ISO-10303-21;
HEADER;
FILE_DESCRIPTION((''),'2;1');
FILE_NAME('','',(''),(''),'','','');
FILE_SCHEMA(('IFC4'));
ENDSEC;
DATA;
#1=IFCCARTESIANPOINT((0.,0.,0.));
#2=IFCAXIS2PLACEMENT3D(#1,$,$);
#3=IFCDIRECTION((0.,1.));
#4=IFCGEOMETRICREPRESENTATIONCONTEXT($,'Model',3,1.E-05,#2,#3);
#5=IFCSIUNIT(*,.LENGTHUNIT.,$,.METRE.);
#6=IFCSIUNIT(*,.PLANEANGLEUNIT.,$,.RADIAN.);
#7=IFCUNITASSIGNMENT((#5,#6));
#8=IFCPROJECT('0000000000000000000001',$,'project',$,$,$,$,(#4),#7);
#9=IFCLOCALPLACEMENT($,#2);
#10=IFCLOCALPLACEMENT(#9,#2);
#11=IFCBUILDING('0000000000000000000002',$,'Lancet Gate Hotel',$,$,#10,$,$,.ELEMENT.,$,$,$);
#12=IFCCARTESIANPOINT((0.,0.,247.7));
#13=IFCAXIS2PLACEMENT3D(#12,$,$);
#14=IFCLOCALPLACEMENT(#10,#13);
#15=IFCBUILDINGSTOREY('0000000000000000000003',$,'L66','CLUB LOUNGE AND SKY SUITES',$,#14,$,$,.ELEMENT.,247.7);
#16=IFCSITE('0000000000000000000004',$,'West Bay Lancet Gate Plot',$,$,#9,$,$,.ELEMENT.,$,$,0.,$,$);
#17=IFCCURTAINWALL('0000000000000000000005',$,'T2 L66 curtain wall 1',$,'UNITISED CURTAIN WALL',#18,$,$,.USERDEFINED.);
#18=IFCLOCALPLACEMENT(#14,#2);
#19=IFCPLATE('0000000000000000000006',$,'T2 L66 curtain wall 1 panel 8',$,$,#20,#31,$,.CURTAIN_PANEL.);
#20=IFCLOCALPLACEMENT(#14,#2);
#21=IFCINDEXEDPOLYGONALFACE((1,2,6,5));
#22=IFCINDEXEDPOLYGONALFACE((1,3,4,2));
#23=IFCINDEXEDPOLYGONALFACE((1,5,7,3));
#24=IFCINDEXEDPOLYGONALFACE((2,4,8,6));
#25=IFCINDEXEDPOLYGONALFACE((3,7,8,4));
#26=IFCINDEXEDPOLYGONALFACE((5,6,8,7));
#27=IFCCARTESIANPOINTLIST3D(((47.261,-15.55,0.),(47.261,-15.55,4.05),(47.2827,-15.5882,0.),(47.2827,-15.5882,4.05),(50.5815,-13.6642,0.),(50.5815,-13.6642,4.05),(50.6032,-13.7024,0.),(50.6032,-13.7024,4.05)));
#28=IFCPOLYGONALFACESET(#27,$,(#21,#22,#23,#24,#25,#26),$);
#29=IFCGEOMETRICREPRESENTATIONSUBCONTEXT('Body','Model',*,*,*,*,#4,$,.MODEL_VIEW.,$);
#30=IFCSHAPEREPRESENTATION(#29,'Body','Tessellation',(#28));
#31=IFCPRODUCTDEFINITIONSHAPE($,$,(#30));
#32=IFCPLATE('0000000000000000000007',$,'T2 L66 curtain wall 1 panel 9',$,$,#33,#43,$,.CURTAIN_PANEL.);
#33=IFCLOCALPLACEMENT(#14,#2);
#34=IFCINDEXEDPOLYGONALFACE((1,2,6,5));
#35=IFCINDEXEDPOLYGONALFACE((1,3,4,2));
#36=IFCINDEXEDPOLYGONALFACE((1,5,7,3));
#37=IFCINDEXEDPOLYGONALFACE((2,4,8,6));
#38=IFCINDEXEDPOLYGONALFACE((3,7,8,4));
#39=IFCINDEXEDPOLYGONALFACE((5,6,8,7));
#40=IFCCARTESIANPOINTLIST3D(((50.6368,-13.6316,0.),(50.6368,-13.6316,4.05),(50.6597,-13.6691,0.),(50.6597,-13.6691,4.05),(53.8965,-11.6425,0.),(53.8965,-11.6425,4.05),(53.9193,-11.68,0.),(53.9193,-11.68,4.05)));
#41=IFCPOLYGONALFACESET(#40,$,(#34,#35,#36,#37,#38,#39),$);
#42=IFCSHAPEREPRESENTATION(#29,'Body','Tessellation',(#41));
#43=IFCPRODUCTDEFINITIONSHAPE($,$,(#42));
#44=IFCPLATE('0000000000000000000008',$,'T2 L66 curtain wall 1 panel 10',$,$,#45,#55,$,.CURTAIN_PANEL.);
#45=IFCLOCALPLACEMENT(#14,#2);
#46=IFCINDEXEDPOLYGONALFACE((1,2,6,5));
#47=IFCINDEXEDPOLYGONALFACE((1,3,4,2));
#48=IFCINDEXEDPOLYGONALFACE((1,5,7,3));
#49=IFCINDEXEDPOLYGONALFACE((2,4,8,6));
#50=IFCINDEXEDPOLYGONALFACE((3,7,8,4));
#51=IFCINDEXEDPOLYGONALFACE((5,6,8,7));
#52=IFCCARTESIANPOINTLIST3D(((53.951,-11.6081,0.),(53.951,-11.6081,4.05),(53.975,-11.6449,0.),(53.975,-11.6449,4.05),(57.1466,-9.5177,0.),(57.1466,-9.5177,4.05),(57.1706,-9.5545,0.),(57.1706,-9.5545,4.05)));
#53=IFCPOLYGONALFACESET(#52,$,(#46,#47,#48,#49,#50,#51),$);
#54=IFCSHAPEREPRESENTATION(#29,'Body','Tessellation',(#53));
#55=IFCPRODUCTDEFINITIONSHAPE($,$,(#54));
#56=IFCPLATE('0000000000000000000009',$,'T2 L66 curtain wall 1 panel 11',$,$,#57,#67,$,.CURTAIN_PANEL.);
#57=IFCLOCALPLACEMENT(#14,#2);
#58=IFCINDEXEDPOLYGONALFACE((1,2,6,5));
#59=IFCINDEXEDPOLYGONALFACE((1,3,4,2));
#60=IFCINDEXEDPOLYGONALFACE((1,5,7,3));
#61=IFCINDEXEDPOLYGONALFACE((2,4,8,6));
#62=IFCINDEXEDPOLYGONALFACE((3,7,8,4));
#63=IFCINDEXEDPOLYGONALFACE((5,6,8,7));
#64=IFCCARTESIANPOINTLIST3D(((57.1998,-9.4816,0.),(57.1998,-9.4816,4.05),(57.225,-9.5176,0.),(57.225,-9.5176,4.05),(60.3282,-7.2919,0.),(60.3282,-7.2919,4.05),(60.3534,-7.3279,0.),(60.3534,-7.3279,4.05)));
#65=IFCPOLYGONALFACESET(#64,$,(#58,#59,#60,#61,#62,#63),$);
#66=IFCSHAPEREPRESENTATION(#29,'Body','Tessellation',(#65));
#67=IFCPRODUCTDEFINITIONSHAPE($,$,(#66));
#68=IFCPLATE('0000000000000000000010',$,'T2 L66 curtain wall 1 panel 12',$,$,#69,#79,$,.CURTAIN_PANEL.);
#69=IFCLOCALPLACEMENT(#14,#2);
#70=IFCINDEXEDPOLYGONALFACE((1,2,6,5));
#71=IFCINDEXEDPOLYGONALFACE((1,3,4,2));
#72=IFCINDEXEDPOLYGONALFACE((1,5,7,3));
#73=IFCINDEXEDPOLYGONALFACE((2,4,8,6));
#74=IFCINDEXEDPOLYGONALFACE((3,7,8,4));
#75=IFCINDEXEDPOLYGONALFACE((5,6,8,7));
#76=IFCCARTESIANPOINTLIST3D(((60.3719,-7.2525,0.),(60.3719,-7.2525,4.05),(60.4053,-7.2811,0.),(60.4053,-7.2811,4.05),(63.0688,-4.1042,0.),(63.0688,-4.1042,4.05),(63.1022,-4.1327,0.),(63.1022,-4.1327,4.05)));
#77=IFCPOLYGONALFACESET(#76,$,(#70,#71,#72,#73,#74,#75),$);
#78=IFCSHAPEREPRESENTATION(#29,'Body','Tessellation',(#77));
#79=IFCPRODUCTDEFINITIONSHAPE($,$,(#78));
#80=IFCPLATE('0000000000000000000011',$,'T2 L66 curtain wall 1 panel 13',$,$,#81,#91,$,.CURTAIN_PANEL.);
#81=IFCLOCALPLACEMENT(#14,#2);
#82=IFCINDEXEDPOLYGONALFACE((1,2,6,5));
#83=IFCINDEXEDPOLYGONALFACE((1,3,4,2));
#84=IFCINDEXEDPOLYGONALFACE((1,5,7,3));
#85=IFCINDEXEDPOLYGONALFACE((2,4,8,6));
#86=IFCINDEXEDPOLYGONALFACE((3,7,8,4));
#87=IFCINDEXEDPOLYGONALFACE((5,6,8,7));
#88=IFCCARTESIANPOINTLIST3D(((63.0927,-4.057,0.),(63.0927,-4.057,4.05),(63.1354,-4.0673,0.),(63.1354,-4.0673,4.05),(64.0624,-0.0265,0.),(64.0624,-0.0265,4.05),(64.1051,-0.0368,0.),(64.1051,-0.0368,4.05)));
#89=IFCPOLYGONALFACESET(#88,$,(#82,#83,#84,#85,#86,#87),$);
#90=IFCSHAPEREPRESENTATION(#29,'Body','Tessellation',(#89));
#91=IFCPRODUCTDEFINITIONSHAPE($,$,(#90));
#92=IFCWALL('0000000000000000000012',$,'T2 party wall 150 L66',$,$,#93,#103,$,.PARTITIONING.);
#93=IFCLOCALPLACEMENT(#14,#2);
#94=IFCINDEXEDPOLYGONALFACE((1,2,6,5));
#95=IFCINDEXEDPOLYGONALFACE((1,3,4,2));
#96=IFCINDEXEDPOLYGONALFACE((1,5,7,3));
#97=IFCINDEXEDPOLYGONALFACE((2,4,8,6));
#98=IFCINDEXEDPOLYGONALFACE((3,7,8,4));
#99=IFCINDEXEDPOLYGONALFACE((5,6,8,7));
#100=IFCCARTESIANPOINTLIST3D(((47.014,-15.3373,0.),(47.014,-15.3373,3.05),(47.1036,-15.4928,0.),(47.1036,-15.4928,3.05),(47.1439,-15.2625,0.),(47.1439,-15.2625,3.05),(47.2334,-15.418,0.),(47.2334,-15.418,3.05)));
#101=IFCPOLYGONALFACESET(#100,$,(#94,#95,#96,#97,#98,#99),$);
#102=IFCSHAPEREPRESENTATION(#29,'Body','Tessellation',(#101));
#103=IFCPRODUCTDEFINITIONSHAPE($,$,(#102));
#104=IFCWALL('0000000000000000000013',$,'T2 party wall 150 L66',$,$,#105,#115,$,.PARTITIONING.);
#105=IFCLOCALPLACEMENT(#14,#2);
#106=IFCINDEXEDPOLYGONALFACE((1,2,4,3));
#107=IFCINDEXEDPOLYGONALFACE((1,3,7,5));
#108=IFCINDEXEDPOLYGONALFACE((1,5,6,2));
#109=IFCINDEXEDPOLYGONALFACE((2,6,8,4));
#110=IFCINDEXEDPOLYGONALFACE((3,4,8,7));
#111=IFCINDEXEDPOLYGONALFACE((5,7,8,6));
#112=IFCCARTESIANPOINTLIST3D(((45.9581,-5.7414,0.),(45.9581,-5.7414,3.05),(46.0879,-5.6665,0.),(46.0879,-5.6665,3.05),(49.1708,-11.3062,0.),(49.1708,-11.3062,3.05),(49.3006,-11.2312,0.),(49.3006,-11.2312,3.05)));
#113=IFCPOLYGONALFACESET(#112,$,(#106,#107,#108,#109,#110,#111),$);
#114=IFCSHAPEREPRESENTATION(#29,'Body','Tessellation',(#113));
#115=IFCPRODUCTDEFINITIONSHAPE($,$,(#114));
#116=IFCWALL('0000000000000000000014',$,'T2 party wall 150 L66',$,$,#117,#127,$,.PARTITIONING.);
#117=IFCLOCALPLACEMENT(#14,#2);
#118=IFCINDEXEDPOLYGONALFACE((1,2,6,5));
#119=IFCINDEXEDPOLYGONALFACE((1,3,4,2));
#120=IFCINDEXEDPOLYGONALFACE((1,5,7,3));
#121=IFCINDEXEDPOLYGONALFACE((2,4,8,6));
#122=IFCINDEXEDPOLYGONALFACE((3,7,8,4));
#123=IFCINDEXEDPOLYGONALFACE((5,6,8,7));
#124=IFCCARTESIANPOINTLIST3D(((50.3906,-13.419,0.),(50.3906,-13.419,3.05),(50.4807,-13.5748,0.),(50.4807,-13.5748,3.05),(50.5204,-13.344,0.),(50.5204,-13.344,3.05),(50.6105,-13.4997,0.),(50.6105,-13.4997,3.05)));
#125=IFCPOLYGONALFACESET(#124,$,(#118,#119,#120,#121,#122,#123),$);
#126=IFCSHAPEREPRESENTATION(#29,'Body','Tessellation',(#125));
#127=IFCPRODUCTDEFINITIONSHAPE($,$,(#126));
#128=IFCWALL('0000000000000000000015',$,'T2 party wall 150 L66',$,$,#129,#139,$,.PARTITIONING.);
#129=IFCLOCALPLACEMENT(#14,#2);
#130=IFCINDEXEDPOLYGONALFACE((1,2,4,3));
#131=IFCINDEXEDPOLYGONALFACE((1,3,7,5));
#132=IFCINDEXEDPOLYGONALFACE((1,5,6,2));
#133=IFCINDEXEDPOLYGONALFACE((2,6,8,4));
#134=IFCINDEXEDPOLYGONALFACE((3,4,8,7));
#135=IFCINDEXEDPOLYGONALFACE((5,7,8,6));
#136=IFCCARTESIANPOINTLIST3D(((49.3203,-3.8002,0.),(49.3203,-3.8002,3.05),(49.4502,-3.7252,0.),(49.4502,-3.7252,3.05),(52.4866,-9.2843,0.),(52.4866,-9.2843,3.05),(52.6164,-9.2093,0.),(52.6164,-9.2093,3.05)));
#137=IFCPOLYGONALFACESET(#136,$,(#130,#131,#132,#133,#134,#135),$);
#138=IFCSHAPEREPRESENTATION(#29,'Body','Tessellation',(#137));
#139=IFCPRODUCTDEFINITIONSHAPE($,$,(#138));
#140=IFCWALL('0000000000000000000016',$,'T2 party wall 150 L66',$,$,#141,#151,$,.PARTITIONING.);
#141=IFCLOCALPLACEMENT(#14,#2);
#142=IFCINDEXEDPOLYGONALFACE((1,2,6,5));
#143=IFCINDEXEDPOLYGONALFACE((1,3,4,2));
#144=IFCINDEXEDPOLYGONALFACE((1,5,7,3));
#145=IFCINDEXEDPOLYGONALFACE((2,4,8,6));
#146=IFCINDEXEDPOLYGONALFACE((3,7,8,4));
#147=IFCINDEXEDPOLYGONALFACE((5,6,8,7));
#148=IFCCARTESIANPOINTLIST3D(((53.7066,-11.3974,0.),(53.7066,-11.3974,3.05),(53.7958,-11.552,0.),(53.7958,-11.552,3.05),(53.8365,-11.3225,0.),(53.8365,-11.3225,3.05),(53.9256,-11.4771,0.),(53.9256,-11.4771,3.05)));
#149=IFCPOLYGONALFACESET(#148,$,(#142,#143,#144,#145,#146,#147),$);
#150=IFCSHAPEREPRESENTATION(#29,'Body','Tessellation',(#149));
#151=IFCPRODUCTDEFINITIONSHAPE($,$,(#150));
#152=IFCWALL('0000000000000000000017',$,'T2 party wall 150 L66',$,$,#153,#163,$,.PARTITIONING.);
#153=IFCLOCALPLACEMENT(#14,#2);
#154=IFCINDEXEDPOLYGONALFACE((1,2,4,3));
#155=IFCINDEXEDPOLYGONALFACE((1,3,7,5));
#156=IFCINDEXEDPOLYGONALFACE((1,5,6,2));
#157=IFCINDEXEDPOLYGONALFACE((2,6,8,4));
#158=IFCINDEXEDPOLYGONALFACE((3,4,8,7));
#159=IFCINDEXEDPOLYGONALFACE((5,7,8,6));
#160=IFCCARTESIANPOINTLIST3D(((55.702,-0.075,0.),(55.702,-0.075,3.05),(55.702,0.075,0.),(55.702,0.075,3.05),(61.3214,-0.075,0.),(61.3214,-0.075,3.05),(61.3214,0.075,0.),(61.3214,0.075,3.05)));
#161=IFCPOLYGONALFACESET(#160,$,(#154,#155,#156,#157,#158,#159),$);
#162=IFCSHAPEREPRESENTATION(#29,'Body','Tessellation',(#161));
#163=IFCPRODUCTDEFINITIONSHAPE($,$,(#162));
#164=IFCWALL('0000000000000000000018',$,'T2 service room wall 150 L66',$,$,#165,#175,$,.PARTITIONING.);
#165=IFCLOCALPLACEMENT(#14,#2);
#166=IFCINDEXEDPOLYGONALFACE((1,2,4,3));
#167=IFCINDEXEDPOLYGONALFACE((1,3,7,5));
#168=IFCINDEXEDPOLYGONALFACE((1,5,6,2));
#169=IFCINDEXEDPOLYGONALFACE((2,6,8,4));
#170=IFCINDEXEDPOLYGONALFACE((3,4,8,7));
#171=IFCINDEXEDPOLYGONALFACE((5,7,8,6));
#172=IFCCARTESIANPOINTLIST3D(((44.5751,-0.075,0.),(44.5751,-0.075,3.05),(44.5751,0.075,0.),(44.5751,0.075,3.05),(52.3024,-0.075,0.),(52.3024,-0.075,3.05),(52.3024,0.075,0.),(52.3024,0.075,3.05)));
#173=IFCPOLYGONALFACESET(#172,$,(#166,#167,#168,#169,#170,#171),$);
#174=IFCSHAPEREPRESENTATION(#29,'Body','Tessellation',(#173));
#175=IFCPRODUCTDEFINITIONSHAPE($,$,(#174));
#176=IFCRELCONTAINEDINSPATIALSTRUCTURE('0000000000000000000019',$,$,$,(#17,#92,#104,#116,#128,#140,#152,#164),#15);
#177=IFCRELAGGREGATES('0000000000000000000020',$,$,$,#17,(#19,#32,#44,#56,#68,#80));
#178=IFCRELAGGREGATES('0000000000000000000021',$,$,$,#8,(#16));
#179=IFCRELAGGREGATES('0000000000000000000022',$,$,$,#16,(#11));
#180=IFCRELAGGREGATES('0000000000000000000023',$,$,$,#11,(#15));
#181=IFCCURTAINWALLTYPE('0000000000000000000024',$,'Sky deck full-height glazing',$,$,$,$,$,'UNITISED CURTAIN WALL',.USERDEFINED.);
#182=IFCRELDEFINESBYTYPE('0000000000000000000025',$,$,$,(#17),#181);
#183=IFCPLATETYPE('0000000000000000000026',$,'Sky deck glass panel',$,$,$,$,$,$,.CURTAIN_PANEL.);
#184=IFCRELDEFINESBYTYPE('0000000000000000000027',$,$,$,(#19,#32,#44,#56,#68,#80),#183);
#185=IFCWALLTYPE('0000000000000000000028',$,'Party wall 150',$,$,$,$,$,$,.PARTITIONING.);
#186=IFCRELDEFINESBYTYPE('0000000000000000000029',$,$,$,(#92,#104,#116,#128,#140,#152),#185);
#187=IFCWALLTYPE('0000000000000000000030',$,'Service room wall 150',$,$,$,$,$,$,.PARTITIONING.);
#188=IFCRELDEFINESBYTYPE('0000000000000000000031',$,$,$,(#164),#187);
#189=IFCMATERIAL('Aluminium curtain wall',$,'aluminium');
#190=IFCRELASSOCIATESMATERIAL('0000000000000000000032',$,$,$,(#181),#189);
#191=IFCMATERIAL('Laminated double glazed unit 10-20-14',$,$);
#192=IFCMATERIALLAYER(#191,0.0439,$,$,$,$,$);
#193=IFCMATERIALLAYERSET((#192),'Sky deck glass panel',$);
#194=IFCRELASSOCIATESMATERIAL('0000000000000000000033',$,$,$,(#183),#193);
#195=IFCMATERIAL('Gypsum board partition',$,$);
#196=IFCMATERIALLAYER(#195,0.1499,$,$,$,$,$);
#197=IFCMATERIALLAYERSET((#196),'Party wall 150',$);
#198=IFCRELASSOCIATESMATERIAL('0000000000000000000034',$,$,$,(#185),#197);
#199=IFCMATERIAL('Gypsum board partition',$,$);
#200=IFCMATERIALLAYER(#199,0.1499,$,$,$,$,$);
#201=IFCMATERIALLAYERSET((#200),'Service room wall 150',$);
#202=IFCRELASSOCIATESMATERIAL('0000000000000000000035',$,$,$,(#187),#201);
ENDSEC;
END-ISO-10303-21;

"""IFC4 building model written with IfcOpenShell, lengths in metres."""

from ifc_helpers import new_model, si_unit, direction, frame, frame_2d, origin, origin_2d, place, context, subcontext, project, spatial, rectangle, extrude, material, layer, layer_set, type_object, element, aggregate, save


model = new_model("IFC4")

# Units and contexts
model_context = context("Model", 3, precision=1e-05, world=origin(), true_north=direction((0.0, 1.0)))
body_context = subcontext(model_context, "Body", "Model", "MODEL_VIEW")
ifc_project = project(units=[si_unit("LENGTHUNIT", "METRE"), si_unit("PLANEANGLEUNIT", "RADIAN")], contexts=[model_context])

# Site, building, storey
site_placement = place(None, origin())
site = spatial("IfcSite", under=ifc_project, at=site_placement, Name="West Bay Lancet Gate Plot", CompositionType="ELEMENT", RefElevation=0.0)
building_placement = place(site_placement, origin())
building = spatial("IfcBuilding", under=site, at=building_placement, Name="Lancet Gate Hotel", CompositionType="ELEMENT")
storey_placement = place(building_placement, frame((0.0, 0.0, 247.7)))
storey = spatial("IfcBuildingStorey", under=building, at=storey_placement, Name="L66", Description="CLUB LOUNGE AND SKY SUITES", CompositionType="ELEMENT", Elevation=247.7)

# Curtain wall
ifc_material_1 = material(Name="Aluminium curtain wall", Category="aluminium")
curtain_wall_type = type_object("IfcCurtainWallType", Name="Sky deck full-height glazing", ElementType="UNITISED CURTAIN WALL", PredefinedType="USERDEFINED", material=ifc_material_1)
curtain_wall_placement = place(storey_placement, origin())
curtain_wall = element("IfcCurtainWall", 1, at=curtain_wall_placement, inside=storey, type_object=curtain_wall_type, Name="T2 L66 curtain wall 1", ObjectType="UNITISED CURTAIN WALL", PredefinedType="USERDEFINED")

# Plates
ifc_material_2 = material(Name="Laminated double glazed unit 10-20-14")
ifc_layer_1 = layer(ifc_material_2, 0.0439)
ifc_layer_set_1 = layer_set([ifc_layer_1], Name="Sky deck glass panel")
plate_type = type_object("IfcPlateType", Name="Sky deck glass panel", PredefinedType="CURTAIN_PANEL", material=ifc_layer_set_1)
plate_1_placement = place(storey_placement, frame((48.9321, -14.6262, 0.0), z_axis=(0.0, 0.0, 1.0), x_axis=(0.86955, 0.493844, 0.0)))
plate_1 = element("IfcPlate", 2, at=plate_1_placement, type_object=plate_type, Name="T2 L66 curtain wall 1 panel 8", PredefinedType="CURTAIN_PANEL", context=body_context, shape_type="SweptSolid", body=[
    extrude(rectangle(XDim=3.8186, YDim=0.0439, at=origin_2d()), origin(), (0.0, 0.0, 1.0), 4.05),
])
plate_2_placement = place(storey_placement, frame((52.2781, -12.6558, 0.0), z_axis=(0.0, 0.0, 1.0), x_axis=(0.853621, 0.520895, 0.0)))
plate_2 = element("IfcPlate", 3, at=plate_2_placement, type_object=plate_type, Name="T2 L66 curtain wall 1 panel 9", PredefinedType="CURTAIN_PANEL", context=body_context, shape_type="SweptSolid", body=[
    extrude(rectangle(XDim=3.8186, YDim=0.0439, at=origin_2d()), origin(), (0.0, 0.0, 1.0), 4.05),
])
plate_3_placement = place(storey_placement, frame((55.5608, -10.5813, 0.0), z_axis=(0.0, 0.0, 1.0), x_axis=(0.83685, 0.547432, 0.0)))
plate_3 = element("IfcPlate", 4, at=plate_3_placement, type_object=plate_type, Name="T2 L66 curtain wall 1 panel 10", PredefinedType="CURTAIN_PANEL", context=body_context, shape_type="SweptSolid", body=[
    extrude(rectangle(XDim=3.8186, YDim=0.0439, at=origin_2d()), origin(), (0.0, 0.0, 1.0), 4.05),
])
plate_4_placement = place(storey_placement, frame((58.7766, -8.4048, 0.0), z_axis=(0.0, 0.0, 1.0), x_axis=(0.819255, 0.573429, 0.0)))
plate_4 = element("IfcPlate", 5, at=plate_4_placement, type_object=plate_type, Name="T2 L66 curtain wall 1 panel 11", PredefinedType="CURTAIN_PANEL", context=body_context, shape_type="SweptSolid", body=[
    extrude(rectangle(XDim=3.8186, YDim=0.0439, at=origin_2d()), origin(), (0.0, 0.0, 1.0), 4.05),
])
plate_5_placement = place(storey_placement, frame((61.7371, -5.6926, 0.0), z_axis=(0.0, 0.0, 1.0), x_axis=(0.650552, 0.759462, 0.0)))
plate_5 = element("IfcPlate", 6, at=plate_5_placement, type_object=plate_type, Name="T2 L66 curtain wall 1 panel 12", PredefinedType="CURTAIN_PANEL", context=body_context, shape_type="SweptSolid", body=[
    extrude(rectangle(XDim=4.1455, YDim=0.0439, at=origin_2d()), origin(), (0.0, 0.0, 1.0), 4.05),
])
plate_6_placement = place(storey_placement, frame((63.5989, -2.0469, 0.0), z_axis=(0.0, 0.0, 1.0), x_axis=(0.233916, 0.972257, 0.0)))
plate_6 = element("IfcPlate", 7, at=plate_6_placement, type_object=plate_type, Name="T2 L66 curtain wall 1 panel 13", PredefinedType="CURTAIN_PANEL", context=body_context, shape_type="SweptSolid", body=[
    extrude(rectangle(XDim=4.1455, YDim=0.0439, at=origin_2d()), origin(), (0.0, 0.0, 1.0), 4.05),
])
aggregate(curtain_wall, [plate_1, plate_2, plate_3, plate_4, plate_5, plate_6])

# Walls
ifc_material_3 = material(Name="Gypsum board partition")
ifc_layer_2 = layer(ifc_material_3, 0.1499)
ifc_layer_set_2 = layer_set([ifc_layer_2], Name="Party wall 150")
wall_type_1 = type_object("IfcWallType", Name="Party wall 150", PredefinedType="PARTITIONING", material=ifc_layer_set_2)
wall_1_placement = place(storey_placement, frame((47.0789, -15.2998, 0.0), z_axis=(0.0, 0.0, 1.0), x_axis=(0.499212, -0.86648, 0.0)))
element("IfcWall", 8, at=wall_1_placement, inside=storey, type_object=wall_type_1, Name="T2 party wall 150 L66", PredefinedType="PARTITIONING", context=body_context, shape_type="SweptSolid", body=[
    extrude(rectangle(XDim=0.1794, YDim=0.1499, at=frame_2d((0.0898, 0.0))), origin(), (0.0, 0.0, 1.0), 3.05),
])
wall_2_placement = place(storey_placement, frame((46.0229, -5.7039, 0.0), z_axis=(0.0, 0.0, 1.0), x_axis=(0.499984, -0.866034, 0.0)))
element("IfcWall", 9, at=wall_2_placement, inside=storey, type_object=wall_type_1, Name="T2 party wall 150 L66", PredefinedType="PARTITIONING", context=body_context, shape_type="SweptSolid", body=[
    extrude(rectangle(XDim=6.4255, YDim=0.1499, at=frame_2d((3.2129, 0.0))), origin(), (0.0, 0.0, 1.0), 3.05),
])
wall_3_placement = place(storey_placement, frame((50.4556, -13.3816, 0.0), z_axis=(0.0, 0.0, 1.0), x_axis=(0.500662, -0.865643, 0.0)))
element("IfcWall", 10, at=wall_3_placement, inside=storey, type_object=wall_type_1, Name="T2 party wall 150 L66", PredefinedType="PARTITIONING", context=body_context, shape_type="SweptSolid", body=[
    extrude(rectangle(XDim=0.1799, YDim=0.1499, at=frame_2d((0.0898, 0.0))), origin(), (0.0, 0.0, 1.0), 3.05),
])
wall_4_placement = place(storey_placement, frame((49.3853, -3.7627, 0.0), z_axis=(0.0, 0.0, 1.0), x_axis=(0.499999, -0.866026, 0.0)))
element("IfcWall", 11, at=wall_4_placement, inside=storey, type_object=wall_type_1, Name="T2 party wall 150 L66", PredefinedType="PARTITIONING", context=body_context, shape_type="SweptSolid", body=[
    extrude(rectangle(XDim=6.3325, YDim=0.1499, at=frame_2d((3.1663, 0.0))), origin(), (0.0, 0.0, 1.0), 3.05),
])
wall_5_placement = place(storey_placement, frame((53.7715, -11.3599, 0.0), z_axis=(0.0, 0.0, 1.0), x_axis=(0.499525, -0.866299, 0.0)))
element("IfcWall", 12, at=wall_5_placement, inside=storey, type_object=wall_type_1, Name="T2 party wall 150 L66", PredefinedType="PARTITIONING", context=body_context, shape_type="SweptSolid", body=[
    extrude(rectangle(XDim=0.1785, YDim=0.1499, at=frame_2d((0.0894, 0.0))), origin(), (0.0, 0.0, 1.0), 3.05),
])
wall_6_placement = place(storey_placement, frame((55.7021, 0.0, 0.0), z_axis=(0.0, 0.0, 1.0), x_axis=(1.0, 0.0, 0.0)))
element("IfcWall", 13, at=wall_6_placement, inside=storey, type_object=wall_type_1, Name="T2 party wall 150 L66", PredefinedType="PARTITIONING", context=body_context, shape_type="SweptSolid", body=[
    extrude(rectangle(XDim=5.6194, YDim=0.1499, at=frame_2d((2.8096, 0.0))), origin(), (0.0, 0.0, 1.0), 3.05),
])
ifc_material_4 = material(Name="Gypsum board partition")
ifc_layer_3 = layer(ifc_material_4, 0.1499)
ifc_layer_set_3 = layer_set([ifc_layer_3], Name="Service room wall 150")
wall_type_2 = type_object("IfcWallType", Name="Service room wall 150", PredefinedType="PARTITIONING", material=ifc_layer_set_3)
wall_7_placement = place(storey_placement, frame((44.575, 0.0, 0.0), z_axis=(0.0, 0.0, 1.0), x_axis=(1.0, 0.0, 0.0)))
element("IfcWall", 14, at=wall_7_placement, inside=storey, type_object=wall_type_2, Name="T2 service room wall 150 L66", PredefinedType="PARTITIONING", context=body_context, shape_type="SweptSolid", body=[
    extrude(rectangle(XDim=7.7273, YDim=0.1499, at=frame_2d((3.8638, 0.0))), origin(), (0.0, 0.0, 1.0), 3.05),
])

save(model, "model.ifc")
